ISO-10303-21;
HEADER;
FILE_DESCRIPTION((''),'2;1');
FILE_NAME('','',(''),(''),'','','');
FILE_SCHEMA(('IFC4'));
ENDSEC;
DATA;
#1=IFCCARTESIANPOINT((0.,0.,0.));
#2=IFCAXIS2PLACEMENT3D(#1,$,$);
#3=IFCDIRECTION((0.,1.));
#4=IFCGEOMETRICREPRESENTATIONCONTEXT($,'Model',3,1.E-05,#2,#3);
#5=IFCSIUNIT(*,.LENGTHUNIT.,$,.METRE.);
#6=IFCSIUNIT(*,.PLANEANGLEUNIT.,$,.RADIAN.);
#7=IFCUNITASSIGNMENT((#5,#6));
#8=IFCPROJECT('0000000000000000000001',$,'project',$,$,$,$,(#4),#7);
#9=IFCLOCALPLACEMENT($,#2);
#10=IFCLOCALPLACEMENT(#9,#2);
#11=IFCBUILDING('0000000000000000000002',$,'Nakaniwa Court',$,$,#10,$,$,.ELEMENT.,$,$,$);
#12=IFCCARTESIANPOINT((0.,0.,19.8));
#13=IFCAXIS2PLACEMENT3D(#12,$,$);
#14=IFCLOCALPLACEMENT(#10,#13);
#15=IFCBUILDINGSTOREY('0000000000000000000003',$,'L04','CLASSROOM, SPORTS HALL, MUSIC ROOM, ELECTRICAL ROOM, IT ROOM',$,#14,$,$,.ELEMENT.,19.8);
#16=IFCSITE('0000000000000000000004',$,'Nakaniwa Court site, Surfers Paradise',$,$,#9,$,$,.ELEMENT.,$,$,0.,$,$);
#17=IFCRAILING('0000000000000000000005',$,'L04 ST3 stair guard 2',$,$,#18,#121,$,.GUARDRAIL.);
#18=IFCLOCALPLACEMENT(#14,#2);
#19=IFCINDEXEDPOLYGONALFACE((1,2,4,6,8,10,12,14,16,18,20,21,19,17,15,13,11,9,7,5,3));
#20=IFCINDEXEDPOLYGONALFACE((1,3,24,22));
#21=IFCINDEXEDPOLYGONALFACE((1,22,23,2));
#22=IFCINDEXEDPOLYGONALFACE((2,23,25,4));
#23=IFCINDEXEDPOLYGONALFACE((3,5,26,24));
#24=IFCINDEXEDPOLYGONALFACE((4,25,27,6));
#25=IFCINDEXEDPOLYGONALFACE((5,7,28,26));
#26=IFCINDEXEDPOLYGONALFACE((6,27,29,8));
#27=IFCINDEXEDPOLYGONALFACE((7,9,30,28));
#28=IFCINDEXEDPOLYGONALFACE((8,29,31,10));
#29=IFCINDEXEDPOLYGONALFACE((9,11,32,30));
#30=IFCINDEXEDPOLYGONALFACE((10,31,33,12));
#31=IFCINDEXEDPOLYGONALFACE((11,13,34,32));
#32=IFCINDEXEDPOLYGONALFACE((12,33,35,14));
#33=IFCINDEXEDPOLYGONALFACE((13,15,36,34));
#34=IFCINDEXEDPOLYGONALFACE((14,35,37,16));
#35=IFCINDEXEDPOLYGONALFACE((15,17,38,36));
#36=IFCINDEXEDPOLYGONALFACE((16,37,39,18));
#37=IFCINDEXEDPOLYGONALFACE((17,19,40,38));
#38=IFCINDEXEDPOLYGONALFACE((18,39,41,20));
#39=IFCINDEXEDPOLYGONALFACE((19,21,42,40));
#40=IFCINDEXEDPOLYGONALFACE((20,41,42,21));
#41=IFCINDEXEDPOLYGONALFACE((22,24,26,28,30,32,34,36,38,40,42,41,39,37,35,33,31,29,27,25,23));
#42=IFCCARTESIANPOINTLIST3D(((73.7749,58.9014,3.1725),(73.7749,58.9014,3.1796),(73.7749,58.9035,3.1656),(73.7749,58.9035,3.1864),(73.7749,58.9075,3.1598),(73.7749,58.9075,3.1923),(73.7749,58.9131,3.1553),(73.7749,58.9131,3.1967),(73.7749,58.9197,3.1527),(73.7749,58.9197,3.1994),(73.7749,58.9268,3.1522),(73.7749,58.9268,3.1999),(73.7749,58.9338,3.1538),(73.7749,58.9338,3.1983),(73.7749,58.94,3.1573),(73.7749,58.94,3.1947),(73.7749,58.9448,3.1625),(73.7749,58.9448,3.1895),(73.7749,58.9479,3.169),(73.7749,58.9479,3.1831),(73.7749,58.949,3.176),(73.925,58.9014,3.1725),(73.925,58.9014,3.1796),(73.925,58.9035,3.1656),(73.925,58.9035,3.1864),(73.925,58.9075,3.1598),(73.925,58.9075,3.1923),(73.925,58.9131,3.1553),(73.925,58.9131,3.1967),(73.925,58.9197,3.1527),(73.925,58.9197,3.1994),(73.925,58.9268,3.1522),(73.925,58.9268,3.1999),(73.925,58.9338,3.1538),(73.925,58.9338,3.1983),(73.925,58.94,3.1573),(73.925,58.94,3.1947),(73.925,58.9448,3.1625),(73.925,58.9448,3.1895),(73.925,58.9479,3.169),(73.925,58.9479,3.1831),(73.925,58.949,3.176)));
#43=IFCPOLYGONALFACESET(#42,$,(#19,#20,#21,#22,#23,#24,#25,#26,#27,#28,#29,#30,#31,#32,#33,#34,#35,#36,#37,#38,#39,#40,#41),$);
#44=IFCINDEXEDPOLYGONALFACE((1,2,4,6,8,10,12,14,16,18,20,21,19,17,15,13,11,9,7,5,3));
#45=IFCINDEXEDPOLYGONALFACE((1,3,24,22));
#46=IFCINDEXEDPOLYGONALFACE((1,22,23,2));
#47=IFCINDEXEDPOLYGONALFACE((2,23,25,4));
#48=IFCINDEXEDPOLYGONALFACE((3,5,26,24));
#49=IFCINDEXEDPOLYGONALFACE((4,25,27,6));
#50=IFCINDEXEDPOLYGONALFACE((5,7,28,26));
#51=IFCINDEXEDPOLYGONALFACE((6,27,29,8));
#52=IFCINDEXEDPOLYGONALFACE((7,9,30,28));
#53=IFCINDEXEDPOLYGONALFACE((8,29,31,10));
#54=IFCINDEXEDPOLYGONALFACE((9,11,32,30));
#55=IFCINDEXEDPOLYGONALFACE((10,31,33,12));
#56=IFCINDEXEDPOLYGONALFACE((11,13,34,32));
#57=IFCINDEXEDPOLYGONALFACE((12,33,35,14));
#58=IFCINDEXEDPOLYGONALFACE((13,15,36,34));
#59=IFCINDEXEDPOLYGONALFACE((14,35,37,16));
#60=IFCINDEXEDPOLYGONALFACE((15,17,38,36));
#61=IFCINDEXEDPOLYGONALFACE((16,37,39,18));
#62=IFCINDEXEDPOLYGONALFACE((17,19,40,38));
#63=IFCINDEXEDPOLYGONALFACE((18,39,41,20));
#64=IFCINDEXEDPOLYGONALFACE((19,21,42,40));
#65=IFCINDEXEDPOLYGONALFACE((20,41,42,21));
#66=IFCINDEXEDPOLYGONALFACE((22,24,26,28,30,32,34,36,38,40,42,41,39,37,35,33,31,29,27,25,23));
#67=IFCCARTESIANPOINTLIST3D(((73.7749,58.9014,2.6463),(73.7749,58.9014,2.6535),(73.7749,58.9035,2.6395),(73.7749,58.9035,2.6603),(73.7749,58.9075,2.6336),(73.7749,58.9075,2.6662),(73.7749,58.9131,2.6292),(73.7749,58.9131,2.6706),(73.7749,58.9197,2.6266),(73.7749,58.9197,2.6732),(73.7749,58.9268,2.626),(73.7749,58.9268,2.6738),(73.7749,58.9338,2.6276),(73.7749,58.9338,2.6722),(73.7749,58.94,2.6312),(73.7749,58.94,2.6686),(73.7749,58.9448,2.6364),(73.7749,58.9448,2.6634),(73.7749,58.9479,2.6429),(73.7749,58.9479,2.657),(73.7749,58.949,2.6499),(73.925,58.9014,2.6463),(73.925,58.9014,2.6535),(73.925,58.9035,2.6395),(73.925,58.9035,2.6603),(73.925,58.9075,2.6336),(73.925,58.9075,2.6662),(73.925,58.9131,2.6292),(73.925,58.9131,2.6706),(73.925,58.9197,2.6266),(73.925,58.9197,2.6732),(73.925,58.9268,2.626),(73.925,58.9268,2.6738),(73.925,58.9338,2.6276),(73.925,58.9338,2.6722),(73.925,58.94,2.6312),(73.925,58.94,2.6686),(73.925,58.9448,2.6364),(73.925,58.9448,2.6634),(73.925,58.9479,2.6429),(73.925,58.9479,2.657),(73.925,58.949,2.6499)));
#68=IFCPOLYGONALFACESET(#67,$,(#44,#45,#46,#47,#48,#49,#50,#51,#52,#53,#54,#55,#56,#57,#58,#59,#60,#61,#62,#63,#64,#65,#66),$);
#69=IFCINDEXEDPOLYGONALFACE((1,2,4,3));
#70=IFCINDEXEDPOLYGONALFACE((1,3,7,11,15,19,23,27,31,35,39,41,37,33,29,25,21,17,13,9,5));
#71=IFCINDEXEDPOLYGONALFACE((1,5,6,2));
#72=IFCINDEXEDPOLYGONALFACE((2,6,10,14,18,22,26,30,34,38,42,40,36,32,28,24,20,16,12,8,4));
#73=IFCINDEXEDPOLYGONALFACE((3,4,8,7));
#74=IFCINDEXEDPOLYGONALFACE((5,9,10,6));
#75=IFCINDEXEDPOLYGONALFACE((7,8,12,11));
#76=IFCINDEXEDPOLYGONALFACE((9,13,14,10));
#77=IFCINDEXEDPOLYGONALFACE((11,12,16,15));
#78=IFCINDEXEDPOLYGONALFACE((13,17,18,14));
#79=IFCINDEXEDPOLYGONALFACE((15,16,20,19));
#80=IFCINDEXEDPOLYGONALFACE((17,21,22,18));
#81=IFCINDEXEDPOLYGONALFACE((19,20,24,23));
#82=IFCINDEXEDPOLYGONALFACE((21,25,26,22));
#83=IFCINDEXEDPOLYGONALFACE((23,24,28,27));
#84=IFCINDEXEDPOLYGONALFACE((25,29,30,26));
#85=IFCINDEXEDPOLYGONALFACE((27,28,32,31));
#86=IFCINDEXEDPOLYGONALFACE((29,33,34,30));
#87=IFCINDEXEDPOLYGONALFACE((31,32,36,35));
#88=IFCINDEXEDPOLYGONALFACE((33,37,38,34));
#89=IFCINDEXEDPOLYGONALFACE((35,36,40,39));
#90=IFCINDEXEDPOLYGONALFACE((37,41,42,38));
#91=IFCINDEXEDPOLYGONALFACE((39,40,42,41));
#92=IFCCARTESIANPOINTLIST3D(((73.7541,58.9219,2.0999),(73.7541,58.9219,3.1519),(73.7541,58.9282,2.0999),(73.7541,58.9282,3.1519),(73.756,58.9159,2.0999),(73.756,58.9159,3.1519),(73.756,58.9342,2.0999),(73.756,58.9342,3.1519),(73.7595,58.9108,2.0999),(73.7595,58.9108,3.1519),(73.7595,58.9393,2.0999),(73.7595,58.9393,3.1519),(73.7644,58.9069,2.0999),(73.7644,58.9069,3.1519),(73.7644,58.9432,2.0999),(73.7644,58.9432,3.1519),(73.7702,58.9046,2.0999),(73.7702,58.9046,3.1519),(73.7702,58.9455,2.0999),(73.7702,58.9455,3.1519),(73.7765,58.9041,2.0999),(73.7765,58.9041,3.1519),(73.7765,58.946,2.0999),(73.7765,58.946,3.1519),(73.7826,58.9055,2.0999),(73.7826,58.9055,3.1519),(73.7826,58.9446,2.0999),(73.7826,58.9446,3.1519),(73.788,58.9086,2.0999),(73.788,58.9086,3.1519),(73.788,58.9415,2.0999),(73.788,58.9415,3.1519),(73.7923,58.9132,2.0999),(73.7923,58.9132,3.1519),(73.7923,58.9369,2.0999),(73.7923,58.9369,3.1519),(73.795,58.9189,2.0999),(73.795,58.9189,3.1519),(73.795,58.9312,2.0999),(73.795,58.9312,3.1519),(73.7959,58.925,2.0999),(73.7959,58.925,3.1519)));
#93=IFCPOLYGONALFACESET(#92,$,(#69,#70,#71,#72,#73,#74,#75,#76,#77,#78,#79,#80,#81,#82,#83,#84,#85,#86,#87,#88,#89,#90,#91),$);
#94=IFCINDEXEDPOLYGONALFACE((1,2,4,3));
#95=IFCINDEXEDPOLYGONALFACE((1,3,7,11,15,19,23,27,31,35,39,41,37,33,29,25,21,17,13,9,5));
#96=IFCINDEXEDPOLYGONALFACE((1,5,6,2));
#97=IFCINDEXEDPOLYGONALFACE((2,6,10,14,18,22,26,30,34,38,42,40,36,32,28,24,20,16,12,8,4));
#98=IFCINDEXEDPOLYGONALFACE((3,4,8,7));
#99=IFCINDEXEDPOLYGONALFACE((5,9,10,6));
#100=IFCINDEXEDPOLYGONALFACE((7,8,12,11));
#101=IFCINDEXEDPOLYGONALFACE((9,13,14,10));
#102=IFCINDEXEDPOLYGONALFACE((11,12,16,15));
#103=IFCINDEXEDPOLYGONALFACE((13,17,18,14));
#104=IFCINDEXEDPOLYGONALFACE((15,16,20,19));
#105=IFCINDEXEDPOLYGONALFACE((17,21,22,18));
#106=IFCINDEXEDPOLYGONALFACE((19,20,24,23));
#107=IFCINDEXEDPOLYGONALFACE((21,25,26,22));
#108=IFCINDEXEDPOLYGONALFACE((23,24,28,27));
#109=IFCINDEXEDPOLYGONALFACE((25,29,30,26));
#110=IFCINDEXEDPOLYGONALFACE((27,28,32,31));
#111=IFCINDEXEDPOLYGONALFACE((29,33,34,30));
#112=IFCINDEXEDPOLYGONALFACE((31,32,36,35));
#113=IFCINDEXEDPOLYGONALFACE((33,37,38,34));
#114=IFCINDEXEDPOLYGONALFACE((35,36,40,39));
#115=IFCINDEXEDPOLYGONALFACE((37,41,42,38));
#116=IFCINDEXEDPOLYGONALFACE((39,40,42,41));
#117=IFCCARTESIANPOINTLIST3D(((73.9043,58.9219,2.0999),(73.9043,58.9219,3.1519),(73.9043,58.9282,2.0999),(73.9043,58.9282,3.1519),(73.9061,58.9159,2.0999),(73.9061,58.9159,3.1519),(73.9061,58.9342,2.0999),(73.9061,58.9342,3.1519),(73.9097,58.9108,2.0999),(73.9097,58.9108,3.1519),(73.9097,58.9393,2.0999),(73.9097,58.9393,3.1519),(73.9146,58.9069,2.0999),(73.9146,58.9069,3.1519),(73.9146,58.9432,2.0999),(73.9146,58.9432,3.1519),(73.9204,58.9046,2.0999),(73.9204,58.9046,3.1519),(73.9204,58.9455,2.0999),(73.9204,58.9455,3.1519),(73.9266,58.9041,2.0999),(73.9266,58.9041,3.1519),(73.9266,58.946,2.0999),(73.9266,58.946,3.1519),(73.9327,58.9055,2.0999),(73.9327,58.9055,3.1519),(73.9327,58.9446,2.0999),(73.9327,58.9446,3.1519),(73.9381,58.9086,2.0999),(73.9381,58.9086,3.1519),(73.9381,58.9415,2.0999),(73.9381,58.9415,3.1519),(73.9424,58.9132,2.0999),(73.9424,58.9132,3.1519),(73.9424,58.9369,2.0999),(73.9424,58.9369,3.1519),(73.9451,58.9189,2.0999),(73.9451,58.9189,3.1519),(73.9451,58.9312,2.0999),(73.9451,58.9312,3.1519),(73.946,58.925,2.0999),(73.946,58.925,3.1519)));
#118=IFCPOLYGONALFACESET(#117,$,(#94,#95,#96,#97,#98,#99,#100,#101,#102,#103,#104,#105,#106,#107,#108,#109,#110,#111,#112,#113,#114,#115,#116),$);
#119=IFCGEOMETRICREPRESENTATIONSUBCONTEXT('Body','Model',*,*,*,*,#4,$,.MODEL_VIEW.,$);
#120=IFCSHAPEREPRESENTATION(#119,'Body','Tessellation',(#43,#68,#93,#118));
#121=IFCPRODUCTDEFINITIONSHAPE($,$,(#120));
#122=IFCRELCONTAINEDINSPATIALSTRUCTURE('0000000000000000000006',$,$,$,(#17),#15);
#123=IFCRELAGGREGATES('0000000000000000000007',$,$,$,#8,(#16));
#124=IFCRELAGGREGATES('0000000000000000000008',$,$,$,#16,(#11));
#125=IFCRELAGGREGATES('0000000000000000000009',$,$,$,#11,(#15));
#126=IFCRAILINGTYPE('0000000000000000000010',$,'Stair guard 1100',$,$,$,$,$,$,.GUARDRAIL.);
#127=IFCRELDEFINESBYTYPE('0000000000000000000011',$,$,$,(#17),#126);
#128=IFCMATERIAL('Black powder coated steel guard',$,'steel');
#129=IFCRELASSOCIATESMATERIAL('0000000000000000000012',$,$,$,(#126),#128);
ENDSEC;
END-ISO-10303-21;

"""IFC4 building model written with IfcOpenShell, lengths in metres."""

from ifc_helpers import new_model, si_unit, direction, frame, origin, origin_2d, place, context, subcontext, project, spatial, circle, extrude, material, type_object, element, save


model = new_model("IFC4")

# Units and contexts
model_context = context("Model", 3, precision=1e-05, world=origin(), true_north=direction((0.0, 1.0)))
body_context = subcontext(model_context, "Body", "Model", "MODEL_VIEW")
ifc_project = project(units=[si_unit("LENGTHUNIT", "METRE"), si_unit("PLANEANGLEUNIT", "RADIAN")], contexts=[model_context])

# Site, building, storey
site_placement = place(None, origin())
site = spatial("IfcSite", under=ifc_project, at=site_placement, Name="Nakaniwa Court site, Surfers Paradise", CompositionType="ELEMENT", RefElevation=0.0)
building_placement = place(site_placement, origin())
building = spatial("IfcBuilding", under=site, at=building_placement, Name="Nakaniwa Court", CompositionType="ELEMENT")
storey_placement = place(building_placement, frame((0.0, 0.0, 19.8)))
storey = spatial("IfcBuildingStorey", under=building, at=storey_placement, Name="L04", Description="CLASSROOM, SPORTS HALL, MUSIC ROOM, ELECTRICAL ROOM, IT ROOM", CompositionType="ELEMENT", Elevation=19.8)

# Railing
ifc_material_1 = material(Name="Black powder coated steel guard", Category="steel")
railing_type = type_object("IfcRailingType", Name="Stair guard 1100", PredefinedType="GUARDRAIL", material=ifc_material_1)
railing_placement = place(storey_placement, frame((73.7749, 58.925, 2.0999)))
element("IfcRailing", 1, at=railing_placement, inside=storey, type_object=railing_type, Name="L04 ST3 stair guard 2", PredefinedType="GUARDRAIL", context=body_context, shape_type="SweptSolid", body=[
    extrude(circle(Radius=0.0239, at=origin_2d()), frame((0.0, 0.0, 1.0762), z_axis=(1.0, 0.0, 0.0), x_axis=(0.0, 1.0, 0.0)), (0.0, 0.0, 1.0), 0.1501),
    extrude(circle(Radius=0.0239, at=origin_2d()), frame((0.0, 0.0, 0.55), z_axis=(1.0, 0.0, 0.0), x_axis=(0.0, 1.0, 0.0)), (0.0, 0.0, 1.0), 0.1501),
    extrude(circle(Radius=0.021, at=origin_2d()), origin(), (0.0, 0.0, 1.0), 1.052),
    extrude(circle(Radius=0.021, at=origin_2d()), frame((0.1501, 0.0, 0.0)), (0.0, 0.0, 1.0), 1.052),
])

save(model, "model.ifc")
